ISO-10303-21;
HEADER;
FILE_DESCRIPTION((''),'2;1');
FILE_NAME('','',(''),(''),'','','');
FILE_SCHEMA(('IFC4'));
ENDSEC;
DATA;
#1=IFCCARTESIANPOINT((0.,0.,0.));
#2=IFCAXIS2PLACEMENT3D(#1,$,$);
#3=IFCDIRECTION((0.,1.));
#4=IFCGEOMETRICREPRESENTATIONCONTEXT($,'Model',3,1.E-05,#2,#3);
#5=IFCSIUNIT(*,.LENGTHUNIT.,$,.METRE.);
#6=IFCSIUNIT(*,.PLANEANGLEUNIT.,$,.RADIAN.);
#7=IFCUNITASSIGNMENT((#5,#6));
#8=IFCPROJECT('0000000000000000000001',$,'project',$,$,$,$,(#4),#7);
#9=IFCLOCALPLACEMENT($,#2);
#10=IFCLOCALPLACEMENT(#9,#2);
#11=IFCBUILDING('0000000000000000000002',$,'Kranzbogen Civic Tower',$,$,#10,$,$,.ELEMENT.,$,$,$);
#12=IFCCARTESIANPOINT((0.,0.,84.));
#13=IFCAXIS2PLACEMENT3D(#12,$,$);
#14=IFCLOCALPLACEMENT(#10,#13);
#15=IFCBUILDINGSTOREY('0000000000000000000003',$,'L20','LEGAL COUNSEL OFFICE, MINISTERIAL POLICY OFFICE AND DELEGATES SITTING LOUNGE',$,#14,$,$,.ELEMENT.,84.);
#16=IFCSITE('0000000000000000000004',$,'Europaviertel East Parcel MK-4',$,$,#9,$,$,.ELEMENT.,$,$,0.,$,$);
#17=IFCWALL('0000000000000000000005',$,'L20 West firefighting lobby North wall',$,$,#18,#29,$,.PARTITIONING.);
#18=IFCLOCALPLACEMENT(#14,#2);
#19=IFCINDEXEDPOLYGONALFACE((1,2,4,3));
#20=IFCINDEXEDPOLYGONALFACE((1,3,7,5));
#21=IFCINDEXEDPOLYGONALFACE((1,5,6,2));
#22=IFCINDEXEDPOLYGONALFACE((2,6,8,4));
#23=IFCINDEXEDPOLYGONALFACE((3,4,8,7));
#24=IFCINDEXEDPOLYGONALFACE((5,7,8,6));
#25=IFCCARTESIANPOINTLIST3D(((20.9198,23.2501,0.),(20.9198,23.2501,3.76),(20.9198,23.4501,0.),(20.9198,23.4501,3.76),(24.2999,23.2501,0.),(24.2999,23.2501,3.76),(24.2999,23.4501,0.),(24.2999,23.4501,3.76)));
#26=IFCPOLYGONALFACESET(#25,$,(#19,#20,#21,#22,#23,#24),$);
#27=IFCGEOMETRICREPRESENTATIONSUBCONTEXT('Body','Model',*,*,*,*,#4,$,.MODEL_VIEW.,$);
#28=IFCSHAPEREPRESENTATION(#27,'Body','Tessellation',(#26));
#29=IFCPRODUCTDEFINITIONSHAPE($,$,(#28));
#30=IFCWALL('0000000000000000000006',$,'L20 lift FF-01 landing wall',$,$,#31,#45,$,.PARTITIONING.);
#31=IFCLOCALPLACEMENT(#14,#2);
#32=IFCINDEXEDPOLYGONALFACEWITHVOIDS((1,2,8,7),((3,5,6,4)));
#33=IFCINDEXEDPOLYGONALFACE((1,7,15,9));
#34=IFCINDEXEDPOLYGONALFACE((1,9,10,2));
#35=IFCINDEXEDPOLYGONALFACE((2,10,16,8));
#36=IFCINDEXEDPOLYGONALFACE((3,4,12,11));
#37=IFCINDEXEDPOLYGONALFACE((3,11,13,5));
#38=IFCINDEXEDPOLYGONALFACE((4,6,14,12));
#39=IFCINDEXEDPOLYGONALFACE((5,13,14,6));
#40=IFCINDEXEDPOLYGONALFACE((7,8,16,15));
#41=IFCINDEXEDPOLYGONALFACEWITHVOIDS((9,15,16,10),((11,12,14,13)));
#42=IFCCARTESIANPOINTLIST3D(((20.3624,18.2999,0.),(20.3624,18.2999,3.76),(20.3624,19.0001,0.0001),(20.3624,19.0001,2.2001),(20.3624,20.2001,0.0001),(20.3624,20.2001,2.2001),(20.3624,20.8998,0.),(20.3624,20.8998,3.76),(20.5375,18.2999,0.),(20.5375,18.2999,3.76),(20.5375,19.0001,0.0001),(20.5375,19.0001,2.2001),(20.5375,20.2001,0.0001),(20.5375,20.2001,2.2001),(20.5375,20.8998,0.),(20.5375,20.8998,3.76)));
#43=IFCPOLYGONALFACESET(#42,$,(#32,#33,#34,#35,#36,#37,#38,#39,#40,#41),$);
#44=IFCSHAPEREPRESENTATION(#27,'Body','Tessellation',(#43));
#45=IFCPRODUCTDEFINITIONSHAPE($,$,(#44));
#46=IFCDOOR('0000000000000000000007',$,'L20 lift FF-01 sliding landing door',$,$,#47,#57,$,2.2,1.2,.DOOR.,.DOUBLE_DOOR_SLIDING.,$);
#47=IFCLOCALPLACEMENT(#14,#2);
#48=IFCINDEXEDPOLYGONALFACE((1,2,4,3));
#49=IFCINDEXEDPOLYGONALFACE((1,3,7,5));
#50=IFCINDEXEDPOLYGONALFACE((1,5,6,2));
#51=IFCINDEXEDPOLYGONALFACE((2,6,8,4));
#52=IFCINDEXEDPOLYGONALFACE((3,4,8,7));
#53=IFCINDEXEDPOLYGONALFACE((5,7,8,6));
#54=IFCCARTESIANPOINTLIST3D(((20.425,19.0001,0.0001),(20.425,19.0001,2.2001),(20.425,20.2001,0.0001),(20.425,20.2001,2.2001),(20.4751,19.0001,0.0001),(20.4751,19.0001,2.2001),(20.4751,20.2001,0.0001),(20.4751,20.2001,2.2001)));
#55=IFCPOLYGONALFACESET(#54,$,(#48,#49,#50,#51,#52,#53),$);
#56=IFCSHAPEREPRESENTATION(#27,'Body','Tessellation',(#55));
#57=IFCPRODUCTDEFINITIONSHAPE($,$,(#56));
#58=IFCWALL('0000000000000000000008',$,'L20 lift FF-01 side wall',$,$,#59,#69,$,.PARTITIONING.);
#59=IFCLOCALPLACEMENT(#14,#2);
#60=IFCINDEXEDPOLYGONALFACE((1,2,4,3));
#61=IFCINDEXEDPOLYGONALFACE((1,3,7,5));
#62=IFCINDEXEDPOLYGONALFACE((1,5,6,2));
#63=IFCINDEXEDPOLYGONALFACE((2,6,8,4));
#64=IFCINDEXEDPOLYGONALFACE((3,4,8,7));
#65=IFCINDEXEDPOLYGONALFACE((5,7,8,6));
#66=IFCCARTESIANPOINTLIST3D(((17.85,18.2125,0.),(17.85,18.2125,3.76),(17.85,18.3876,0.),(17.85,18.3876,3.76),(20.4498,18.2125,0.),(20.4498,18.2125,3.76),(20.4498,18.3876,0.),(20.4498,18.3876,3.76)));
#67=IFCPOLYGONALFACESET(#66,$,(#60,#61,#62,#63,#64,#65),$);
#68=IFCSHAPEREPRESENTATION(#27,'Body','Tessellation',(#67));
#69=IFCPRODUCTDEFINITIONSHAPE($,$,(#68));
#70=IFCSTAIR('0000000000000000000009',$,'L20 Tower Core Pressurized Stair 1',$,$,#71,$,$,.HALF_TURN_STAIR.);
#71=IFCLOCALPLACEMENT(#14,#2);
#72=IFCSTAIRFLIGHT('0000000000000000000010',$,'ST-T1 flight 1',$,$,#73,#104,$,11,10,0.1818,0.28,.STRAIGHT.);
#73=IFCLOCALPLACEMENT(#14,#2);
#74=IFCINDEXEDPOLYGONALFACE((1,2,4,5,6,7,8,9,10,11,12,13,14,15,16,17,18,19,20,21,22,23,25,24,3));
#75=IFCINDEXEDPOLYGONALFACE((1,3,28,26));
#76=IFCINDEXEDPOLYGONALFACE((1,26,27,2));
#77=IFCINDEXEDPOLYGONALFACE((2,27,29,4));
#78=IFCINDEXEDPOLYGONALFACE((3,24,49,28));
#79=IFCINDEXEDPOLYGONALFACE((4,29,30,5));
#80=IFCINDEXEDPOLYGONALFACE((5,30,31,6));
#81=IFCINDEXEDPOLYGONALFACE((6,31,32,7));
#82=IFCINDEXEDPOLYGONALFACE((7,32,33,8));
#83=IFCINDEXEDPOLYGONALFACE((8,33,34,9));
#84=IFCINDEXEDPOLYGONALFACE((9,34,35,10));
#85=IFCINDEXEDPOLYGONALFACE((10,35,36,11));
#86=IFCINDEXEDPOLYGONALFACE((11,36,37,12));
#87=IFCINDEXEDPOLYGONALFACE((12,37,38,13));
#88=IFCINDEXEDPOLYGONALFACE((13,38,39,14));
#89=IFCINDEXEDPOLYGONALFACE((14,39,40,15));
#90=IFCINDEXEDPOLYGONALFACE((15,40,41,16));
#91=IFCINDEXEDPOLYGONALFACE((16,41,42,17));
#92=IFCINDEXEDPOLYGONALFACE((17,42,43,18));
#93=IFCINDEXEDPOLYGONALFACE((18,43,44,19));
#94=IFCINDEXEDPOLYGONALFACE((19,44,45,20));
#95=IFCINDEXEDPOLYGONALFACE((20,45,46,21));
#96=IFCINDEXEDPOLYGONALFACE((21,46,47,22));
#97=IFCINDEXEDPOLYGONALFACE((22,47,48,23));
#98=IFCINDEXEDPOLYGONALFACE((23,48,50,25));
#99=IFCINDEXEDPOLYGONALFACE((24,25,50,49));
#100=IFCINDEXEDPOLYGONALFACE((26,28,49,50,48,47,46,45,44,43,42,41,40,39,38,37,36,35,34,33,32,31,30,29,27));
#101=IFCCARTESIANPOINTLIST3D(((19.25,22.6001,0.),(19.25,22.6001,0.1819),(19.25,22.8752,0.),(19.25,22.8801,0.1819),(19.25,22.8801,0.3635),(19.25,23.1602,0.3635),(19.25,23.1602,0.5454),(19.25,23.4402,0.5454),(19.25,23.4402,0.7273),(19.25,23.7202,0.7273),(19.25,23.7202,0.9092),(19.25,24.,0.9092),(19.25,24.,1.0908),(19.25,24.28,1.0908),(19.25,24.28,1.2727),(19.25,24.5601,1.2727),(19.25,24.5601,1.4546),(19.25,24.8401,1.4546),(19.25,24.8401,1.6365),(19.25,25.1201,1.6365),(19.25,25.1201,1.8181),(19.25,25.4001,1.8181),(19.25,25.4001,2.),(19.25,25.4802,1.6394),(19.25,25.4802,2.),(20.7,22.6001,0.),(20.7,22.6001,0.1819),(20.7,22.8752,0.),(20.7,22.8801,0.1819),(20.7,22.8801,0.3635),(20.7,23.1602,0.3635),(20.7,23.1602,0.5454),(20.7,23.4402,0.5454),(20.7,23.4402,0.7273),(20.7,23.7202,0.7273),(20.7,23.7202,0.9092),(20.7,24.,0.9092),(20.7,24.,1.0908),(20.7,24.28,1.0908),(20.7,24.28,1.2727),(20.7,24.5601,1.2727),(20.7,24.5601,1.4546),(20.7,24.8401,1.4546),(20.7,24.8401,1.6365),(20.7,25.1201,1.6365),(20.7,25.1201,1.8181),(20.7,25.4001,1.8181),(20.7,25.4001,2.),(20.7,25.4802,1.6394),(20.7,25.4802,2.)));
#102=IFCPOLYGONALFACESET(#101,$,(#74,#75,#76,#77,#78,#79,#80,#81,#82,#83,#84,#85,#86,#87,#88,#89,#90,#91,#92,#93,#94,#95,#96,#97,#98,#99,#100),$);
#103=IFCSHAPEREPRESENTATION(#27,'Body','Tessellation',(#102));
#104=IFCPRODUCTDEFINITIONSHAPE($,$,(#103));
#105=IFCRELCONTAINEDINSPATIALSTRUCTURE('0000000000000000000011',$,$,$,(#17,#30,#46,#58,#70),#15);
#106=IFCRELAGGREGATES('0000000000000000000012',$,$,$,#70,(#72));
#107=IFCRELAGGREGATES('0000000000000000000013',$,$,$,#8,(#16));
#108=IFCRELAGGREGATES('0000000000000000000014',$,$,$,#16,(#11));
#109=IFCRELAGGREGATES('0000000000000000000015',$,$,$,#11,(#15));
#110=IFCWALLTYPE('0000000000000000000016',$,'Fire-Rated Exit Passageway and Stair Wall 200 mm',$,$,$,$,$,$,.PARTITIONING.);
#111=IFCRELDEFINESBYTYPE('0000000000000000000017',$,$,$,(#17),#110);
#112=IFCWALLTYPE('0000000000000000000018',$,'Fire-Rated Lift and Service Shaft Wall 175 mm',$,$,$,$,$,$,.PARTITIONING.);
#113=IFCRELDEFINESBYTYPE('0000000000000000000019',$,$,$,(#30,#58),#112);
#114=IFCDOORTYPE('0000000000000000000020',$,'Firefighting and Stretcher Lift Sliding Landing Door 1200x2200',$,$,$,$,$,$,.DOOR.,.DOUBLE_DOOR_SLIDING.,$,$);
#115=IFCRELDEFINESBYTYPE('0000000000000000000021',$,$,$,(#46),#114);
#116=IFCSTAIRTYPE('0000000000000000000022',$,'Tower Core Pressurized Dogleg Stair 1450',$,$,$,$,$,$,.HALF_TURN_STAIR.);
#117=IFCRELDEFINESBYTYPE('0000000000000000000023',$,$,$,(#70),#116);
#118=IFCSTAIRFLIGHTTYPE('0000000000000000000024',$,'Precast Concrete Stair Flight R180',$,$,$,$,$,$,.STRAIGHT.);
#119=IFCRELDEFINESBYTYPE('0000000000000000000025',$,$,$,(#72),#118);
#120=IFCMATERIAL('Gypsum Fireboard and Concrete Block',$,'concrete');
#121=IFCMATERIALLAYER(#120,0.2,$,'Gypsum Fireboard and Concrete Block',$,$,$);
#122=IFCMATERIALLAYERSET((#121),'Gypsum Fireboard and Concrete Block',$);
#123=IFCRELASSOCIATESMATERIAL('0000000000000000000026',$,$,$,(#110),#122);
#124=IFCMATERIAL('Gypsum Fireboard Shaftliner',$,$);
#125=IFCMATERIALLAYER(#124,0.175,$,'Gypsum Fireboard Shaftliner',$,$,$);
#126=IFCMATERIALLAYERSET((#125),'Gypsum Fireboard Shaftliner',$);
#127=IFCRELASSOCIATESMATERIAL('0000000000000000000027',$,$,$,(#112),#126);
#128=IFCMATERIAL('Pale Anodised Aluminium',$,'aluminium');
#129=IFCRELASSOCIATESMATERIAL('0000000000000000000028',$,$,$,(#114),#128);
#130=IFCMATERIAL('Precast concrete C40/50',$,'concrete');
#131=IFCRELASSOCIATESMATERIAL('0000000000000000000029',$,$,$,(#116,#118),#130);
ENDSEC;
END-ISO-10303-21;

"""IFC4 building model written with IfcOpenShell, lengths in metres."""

from ifc_helpers import new_model, si_unit, direction, frame, frame_2d, origin, place, context, subcontext, project, spatial, polyline, rectangle, outline, extrude, material, layer, layer_set, type_object, element, fill, aggregate, save


model = new_model("IFC4")

# Units and contexts
model_context = context("Model", 3, precision=1e-05, world=origin(), true_north=direction((0.0, 1.0)))
body_context = subcontext(model_context, "Body", "Model", "MODEL_VIEW")
ifc_project = project(units=[si_unit("LENGTHUNIT", "METRE"), si_unit("PLANEANGLEUNIT", "RADIAN")], contexts=[model_context])

# Site, building, storey
site_placement = place(None, origin())
site = spatial("IfcSite", under=ifc_project, at=site_placement, Name="Europaviertel East Parcel MK-4", CompositionType="ELEMENT", RefElevation=0.0)
building_placement = place(site_placement, origin())
building = spatial("IfcBuilding", under=site, at=building_placement, Name="Kranzbogen Civic Tower", CompositionType="ELEMENT")
storey_placement = place(building_placement, frame((0.0, 0.0, 84.0)))
storey = spatial("IfcBuildingStorey", under=building, at=storey_placement, Name="L20", Description="LEGAL COUNSEL OFFICE, MINISTERIAL POLICY OFFICE AND DELEGATES SITTING LOUNGE", CompositionType="ELEMENT", Elevation=84.0)

# Shared definitions
ifc_material_1 = material(Name="Pale Anodised Aluminium", Category="aluminium")

# Wall
ifc_material_2 = material(Name="Gypsum Fireboard and Concrete Block", Category="concrete")
ifc_layer_1 = layer(ifc_material_2, 0.2, Name="Gypsum Fireboard and Concrete Block")
ifc_layer_set_1 = layer_set([ifc_layer_1], Name="Gypsum Fireboard and Concrete Block")
wall_type_1 = type_object("IfcWallType", Name="Fire-Rated Exit Passageway and Stair Wall 200 mm", PredefinedType="PARTITIONING", material=ifc_layer_set_1)
wall_1_placement = place(storey_placement, frame((20.9199, 23.3501, 0.0), z_axis=(0.0, 0.0, 1.0), x_axis=(1.0, 0.0, 0.0)))
element("IfcWall", 1, at=wall_1_placement, inside=storey, type_object=wall_type_1, Name="L20 West firefighting lobby North wall", PredefinedType="PARTITIONING", context=body_context, shape_type="SweptSolid", body=[
    extrude(rectangle(XDim=3.3801, YDim=0.2, at=frame_2d((1.6899, 0.0))), origin(), (0.0, 0.0, 1.0), 3.76),
])

# Wall, opening, door
ifc_material_3 = material(Name="Gypsum Fireboard Shaftliner")
ifc_layer_2 = layer(ifc_material_3, 0.175, Name="Gypsum Fireboard Shaftliner")
ifc_layer_set_2 = layer_set([ifc_layer_2], Name="Gypsum Fireboard Shaftliner")
wall_type_2 = type_object("IfcWallType", Name="Fire-Rated Lift and Service Shaft Wall 175 mm", PredefinedType="PARTITIONING", material=ifc_layer_set_2)
wall_2_placement = place(storey_placement, frame((20.45, 18.3, 0.0), z_axis=(0.0, 0.0, 1.0), x_axis=(0.0, 1.0, 0.0)))
wall_2 = element("IfcWall", 2, at=wall_2_placement, inside=storey, type_object=wall_type_2, Name="L20 lift FF-01 landing wall", PredefinedType="PARTITIONING", context=body_context, shape_type="SweptSolid", body=[
    extrude(rectangle(XDim=2.5999, YDim=0.175, at=frame_2d((1.2998, 0.0))), origin(), (0.0, 0.0, 1.0), 3.76),
])
opening_1_placement = place(wall_2_placement, frame((0.7, 0.0, 0.0)))
opening_1 = element("IfcOpeningElement", 3, at=opening_1_placement, cuts=wall_2, PredefinedType="OPENING", context=body_context, shape_type="SweptSolid", body=[
    extrude(rectangle(XDim=1.2, YDim=2.2, at=frame_2d((0.6001, 1.1001))), frame((0.0, 0.0977, 0.0), z_axis=(0.0, -1.0, 0.0), x_axis=(1.0, 0.0, 0.0)), (0.0, 0.0, 1.0), 0.1951),
])
door_type_1 = type_object("IfcDoorType", Name="Firefighting and Stretcher Lift Sliding Landing Door 1200x2200", OperationType="DOUBLE_DOOR_SLIDING", PredefinedType="DOOR", material=ifc_material_1)
door_1_placement = place(opening_1_placement, origin())
door_1 = element("IfcDoor", 4, at=door_1_placement, inside=storey, type_object=door_type_1, Name="L20 lift FF-01 sliding landing door", OperationType="DOUBLE_DOOR_SLIDING", OverallHeight=2.2, OverallWidth=1.2, PredefinedType="DOOR", context=body_context, shape_type="SweptSolid", body=[
    extrude(rectangle(XDim=1.2, YDim=2.2, at=frame_2d((0.6001, 1.1001))), frame((0.0, 0.0249, 0.0), z_axis=(0.0, -1.0, 0.0), x_axis=(1.0, 0.0, 0.0)), (0.0, 0.0, 1.0), 0.05),
])
fill(opening_1, door_1)

# Wall
wall_3_placement = place(storey_placement, frame((17.8501, 18.3, 0.0), z_axis=(0.0, 0.0, 1.0), x_axis=(1.0, 0.0, 0.0)))
element("IfcWall", 5, at=wall_3_placement, inside=storey, type_object=wall_type_2, Name="L20 lift FF-01 side wall", PredefinedType="PARTITIONING", context=body_context, shape_type="SweptSolid", body=[
    extrude(rectangle(XDim=2.5999, YDim=0.175, at=frame_2d((1.2998, 0.0))), origin(), (0.0, 0.0, 1.0), 3.76),
])

# Stair, stair flight
ifc_material_4 = material(Name="Precast concrete C40/50", Category="concrete")
stair_type = type_object("IfcStairType", Name="Tower Core Pressurized Dogleg Stair 1450", PredefinedType="HALF_TURN_STAIR", material=ifc_material_4)
stair_placement = place(storey_placement, origin())
stair = element("IfcStair", 6, at=stair_placement, inside=storey, type_object=stair_type, Name="L20 Tower Core Pressurized Stair 1", PredefinedType="HALF_TURN_STAIR")
stair_flight_type = type_object("IfcStairFlightType", Name="Precast Concrete Stair Flight R180", PredefinedType="STRAIGHT", material=ifc_material_4)
stair_flight_placement = place(storey_placement, frame((19.9751, 22.6001, 0.0), z_axis=(0.0, 0.0, 1.0), x_axis=(0.0, 1.0, 0.0)))
stair_flight = element("IfcStairFlight", 7, at=stair_flight_placement, type_object=stair_flight_type, Name="ST-T1 flight 1", NumberOfRisers=11, NumberOfTreads=10, PredefinedType="STRAIGHT", RiserHeight=0.1818, TreadLength=0.28, context=body_context, shape_type="SweptSolid", body=[
    extrude(outline(polyline([(0.0, 0.0), (0.0, 0.1819), (0.28, 0.1819), (0.28, 0.3635), (0.5601, 0.3635), (0.5601, 0.5454), (0.8401, 0.5454), (0.8401, 0.7273), (1.1201, 0.7273), (1.1201, 0.9092), (1.3999, 0.9092), (1.3999, 1.0908), (1.6799, 1.0908), (1.6799, 1.2727), (1.96, 1.2727), (1.96, 1.4546), (2.24, 1.4546), (2.24, 1.6365), (2.52, 1.6365), (2.52, 1.8181), (2.8, 1.8181), (2.8, 2.0), (2.8801, 2.0), (2.8801, 1.6394), (0.2751, 0.0), (0.0, 0.0)])), frame((0.0, 0.7251, 0.0), z_axis=(0.0, -1.0, 0.0), x_axis=(1.0, 0.0, 0.0)), (0.0, 0.0, 1.0), 1.45),
])
aggregate(stair, [stair_flight])

save(model, "model.ifc")
